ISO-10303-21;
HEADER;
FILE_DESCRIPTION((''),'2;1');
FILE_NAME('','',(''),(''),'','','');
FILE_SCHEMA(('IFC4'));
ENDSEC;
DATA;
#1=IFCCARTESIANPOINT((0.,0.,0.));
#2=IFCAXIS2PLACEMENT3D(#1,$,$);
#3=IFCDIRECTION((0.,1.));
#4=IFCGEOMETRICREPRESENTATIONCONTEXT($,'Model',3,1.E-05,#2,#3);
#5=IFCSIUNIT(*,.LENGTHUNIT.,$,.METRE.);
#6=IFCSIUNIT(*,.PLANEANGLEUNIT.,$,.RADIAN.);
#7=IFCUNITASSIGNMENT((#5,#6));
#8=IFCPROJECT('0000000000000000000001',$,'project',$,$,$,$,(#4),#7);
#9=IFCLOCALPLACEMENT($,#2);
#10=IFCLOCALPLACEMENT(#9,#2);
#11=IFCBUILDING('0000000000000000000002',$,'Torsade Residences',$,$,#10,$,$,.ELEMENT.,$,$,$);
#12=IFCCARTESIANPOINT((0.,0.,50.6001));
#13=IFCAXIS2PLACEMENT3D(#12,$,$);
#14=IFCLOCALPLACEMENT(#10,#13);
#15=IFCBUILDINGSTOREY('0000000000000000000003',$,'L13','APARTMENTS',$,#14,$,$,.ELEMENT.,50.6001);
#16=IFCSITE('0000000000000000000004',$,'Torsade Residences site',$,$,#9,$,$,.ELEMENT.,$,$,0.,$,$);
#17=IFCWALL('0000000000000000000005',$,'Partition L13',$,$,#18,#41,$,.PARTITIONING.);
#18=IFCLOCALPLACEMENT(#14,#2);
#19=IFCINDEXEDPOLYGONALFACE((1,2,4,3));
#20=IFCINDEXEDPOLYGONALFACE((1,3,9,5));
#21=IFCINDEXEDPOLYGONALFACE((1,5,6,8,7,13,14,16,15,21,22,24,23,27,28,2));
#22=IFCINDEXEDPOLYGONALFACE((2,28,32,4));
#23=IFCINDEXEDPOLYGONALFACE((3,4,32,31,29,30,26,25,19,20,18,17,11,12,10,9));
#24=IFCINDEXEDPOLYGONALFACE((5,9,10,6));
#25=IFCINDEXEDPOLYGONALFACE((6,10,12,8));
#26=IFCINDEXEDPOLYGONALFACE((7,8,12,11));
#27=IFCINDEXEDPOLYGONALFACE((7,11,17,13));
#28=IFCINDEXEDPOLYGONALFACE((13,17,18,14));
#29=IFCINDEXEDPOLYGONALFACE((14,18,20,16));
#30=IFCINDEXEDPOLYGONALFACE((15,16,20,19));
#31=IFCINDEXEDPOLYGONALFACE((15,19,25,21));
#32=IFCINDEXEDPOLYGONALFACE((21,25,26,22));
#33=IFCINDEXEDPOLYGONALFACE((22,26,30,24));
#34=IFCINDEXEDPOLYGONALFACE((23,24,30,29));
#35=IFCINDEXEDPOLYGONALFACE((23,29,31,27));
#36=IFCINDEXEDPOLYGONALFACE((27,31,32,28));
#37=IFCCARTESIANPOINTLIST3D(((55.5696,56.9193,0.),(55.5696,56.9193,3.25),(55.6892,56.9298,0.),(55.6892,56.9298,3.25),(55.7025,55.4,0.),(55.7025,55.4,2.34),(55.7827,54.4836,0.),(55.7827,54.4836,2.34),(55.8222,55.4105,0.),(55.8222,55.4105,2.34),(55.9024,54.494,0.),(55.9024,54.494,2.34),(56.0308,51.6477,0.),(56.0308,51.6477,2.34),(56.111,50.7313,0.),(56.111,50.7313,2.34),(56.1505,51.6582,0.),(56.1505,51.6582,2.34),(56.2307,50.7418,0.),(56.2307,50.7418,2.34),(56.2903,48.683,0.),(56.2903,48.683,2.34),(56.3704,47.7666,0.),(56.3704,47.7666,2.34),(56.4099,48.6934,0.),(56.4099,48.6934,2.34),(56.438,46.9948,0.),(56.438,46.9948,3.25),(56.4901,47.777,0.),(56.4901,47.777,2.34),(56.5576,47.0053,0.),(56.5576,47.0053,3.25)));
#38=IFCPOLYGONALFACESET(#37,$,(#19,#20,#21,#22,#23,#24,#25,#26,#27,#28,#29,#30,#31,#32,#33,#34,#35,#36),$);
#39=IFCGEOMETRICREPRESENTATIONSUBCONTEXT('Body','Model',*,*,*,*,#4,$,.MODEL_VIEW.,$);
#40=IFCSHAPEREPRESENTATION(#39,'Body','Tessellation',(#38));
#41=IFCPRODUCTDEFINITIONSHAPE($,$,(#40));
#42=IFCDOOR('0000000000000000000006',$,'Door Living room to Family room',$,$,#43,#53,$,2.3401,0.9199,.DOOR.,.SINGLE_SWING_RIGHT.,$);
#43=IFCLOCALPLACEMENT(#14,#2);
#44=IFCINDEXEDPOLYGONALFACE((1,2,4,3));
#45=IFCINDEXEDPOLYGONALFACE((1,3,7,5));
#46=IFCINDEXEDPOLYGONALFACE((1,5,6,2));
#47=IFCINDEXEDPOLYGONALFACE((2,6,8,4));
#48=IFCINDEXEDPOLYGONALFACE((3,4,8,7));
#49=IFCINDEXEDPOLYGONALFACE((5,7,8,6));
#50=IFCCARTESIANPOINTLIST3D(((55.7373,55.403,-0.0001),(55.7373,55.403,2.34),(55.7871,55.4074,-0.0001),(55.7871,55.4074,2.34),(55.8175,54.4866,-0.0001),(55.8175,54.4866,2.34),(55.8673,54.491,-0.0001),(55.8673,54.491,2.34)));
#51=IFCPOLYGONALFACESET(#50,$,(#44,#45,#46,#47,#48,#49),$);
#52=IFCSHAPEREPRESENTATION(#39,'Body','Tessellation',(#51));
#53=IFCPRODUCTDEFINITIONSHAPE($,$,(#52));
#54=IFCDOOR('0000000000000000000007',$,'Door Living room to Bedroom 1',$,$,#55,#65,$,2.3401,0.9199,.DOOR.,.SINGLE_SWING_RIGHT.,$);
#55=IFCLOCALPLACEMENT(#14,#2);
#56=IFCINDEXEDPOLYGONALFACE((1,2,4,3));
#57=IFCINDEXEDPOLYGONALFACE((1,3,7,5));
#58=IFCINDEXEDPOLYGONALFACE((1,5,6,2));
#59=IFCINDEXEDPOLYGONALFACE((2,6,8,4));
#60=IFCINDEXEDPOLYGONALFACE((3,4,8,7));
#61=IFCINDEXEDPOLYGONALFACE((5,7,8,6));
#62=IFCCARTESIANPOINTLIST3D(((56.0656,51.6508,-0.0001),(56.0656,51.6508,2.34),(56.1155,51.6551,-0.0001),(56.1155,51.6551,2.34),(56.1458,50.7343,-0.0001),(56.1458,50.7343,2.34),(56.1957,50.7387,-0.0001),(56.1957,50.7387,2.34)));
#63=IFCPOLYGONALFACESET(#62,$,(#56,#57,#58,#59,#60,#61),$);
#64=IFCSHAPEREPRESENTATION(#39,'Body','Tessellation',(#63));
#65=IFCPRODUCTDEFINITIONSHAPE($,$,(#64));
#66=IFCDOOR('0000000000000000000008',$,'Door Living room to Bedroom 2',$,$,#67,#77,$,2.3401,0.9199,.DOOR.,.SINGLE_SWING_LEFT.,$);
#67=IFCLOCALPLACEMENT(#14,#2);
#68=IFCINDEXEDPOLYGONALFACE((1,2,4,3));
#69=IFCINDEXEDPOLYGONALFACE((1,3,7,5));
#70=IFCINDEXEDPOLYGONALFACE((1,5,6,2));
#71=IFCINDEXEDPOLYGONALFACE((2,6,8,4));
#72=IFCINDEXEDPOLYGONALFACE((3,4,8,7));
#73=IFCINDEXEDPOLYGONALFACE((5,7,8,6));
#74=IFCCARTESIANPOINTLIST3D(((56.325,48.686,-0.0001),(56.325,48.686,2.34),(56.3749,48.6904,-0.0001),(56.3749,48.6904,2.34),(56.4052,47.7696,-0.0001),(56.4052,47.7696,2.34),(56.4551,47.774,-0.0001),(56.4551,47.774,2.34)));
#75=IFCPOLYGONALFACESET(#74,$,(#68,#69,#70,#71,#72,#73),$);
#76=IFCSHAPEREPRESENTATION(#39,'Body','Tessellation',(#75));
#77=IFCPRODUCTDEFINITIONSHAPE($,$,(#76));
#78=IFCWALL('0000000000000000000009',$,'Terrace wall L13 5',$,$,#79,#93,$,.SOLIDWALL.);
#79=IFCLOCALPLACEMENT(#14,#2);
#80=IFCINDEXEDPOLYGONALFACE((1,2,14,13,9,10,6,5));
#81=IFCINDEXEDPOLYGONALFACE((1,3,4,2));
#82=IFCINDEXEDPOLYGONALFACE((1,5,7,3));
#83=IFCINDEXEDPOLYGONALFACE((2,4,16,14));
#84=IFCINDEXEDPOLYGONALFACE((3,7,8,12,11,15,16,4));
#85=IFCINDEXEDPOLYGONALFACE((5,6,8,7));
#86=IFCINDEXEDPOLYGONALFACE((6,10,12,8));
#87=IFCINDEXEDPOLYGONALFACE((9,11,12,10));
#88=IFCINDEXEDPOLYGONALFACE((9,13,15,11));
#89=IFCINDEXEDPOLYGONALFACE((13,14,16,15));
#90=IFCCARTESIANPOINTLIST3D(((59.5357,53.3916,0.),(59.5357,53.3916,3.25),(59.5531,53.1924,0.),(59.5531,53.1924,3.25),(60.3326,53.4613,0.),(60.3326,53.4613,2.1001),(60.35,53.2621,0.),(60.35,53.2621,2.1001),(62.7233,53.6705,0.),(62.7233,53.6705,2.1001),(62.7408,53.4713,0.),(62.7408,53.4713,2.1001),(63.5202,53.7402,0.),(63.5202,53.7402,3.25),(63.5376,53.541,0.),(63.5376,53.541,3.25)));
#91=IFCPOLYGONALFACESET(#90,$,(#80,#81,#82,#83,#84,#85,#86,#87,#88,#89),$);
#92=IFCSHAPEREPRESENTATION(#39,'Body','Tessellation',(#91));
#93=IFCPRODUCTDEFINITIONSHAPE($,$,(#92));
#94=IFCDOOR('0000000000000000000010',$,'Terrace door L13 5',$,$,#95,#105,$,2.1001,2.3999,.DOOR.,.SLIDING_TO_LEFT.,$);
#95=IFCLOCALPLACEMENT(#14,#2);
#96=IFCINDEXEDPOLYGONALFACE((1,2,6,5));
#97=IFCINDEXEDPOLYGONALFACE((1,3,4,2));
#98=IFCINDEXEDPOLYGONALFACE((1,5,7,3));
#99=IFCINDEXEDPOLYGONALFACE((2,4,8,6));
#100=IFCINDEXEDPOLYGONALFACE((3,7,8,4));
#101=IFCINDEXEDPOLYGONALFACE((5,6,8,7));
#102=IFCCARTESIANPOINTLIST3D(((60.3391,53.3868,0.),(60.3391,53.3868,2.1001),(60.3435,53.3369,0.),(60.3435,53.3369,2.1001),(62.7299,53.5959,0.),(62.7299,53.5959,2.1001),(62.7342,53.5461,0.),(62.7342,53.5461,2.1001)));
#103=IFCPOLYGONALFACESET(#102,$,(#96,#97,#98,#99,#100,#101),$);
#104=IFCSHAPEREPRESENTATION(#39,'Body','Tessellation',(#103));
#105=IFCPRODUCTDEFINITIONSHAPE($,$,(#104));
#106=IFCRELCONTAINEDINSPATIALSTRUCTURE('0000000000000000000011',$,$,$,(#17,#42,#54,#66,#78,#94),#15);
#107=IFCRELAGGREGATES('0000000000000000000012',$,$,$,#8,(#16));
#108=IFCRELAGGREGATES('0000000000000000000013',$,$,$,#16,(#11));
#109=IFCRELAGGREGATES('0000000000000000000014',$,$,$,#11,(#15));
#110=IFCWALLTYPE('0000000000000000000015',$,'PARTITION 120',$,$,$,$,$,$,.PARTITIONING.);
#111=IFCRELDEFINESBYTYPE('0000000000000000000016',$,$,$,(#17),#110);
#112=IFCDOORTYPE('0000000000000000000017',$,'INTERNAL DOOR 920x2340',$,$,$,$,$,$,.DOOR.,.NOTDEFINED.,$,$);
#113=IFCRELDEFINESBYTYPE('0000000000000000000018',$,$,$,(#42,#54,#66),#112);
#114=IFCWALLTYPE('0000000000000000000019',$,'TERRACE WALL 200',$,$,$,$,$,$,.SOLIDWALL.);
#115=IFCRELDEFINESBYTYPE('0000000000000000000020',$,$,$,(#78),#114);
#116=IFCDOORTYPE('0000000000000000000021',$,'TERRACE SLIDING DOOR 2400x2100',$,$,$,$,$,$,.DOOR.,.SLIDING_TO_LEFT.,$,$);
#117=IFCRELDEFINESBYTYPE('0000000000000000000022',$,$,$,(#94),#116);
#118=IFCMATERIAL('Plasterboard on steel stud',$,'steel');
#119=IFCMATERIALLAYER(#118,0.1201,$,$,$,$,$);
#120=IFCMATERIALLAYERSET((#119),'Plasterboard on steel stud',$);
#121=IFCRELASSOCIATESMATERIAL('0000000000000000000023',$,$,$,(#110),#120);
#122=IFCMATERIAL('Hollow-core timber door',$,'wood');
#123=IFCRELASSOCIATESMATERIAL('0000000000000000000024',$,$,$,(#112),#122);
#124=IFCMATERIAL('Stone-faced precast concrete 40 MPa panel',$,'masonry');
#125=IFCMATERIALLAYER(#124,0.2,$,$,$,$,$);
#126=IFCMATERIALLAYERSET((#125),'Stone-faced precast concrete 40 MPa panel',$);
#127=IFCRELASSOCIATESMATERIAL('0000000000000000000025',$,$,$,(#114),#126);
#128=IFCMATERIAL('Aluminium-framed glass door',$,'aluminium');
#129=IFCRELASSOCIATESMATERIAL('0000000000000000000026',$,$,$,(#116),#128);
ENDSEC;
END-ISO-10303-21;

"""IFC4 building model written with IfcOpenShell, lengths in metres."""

from ifc_helpers import new_model, si_unit, direction, frame, frame_2d, origin, place, context, subcontext, project, spatial, rectangle, extrude, material, layer, layer_set, type_object, element, fill, save


model = new_model("IFC4")

# Units and contexts
model_context = context("Model", 3, precision=1e-05, world=origin(), true_north=direction((0.0, 1.0)))
body_context = subcontext(model_context, "Body", "Model", "MODEL_VIEW")
ifc_project = project(units=[si_unit("LENGTHUNIT", "METRE"), si_unit("PLANEANGLEUNIT", "RADIAN")], contexts=[model_context])

# Site, building, storey
site_placement = place(None, origin())
site = spatial("IfcSite", under=ifc_project, at=site_placement, Name="Torsade Residences site", CompositionType="ELEMENT", RefElevation=0.0)
building_placement = place(site_placement, origin())
building = spatial("IfcBuilding", under=site, at=building_placement, Name="Torsade Residences", CompositionType="ELEMENT")
storey_placement = place(building_placement, frame((0.0, 0.0, 50.6001)))
storey = spatial("IfcBuildingStorey", under=building, at=storey_placement, Name="L13", Description="APARTMENTS", CompositionType="ELEMENT", Elevation=50.6001)

# Wall, openings, doors
ifc_material_1 = material(Name="Plasterboard on steel stud", Category="steel")
ifc_layer_1 = layer(ifc_material_1, 0.1201)
ifc_layer_set_1 = layer_set([ifc_layer_1], Name="Plasterboard on steel stud")
wall_type_1 = type_object("IfcWallType", Name="PARTITION 120", PredefinedType="PARTITIONING", material=ifc_layer_set_1)
wall_1_placement = place(storey_placement, frame((55.6294, 56.9246, 0.0), z_axis=(0.0, 0.0, 1.0), x_axis=(0.087168, -0.996194, 0.0)))
wall_1 = element("IfcWall", 1, at=wall_1_placement, inside=storey, type_object=wall_type_1, Name="Partition L13", PredefinedType="PARTITIONING", context=body_context, shape_type="SweptSolid", body=[
    extrude(rectangle(XDim=9.9624, YDim=0.1201, at=frame_2d((4.9812, 0.0))), origin(), (0.0, 0.0, 1.0), 3.25),
])
opening_1_placement = place(wall_1_placement, frame((1.5251, 0.0, 0.0)))
opening_1 = element("IfcOpeningElement", 2, at=opening_1_placement, cuts=wall_1, PredefinedType="OPENING", context=body_context, shape_type="SweptSolid", body=[
    extrude(rectangle(XDim=0.9199, YDim=2.3401, at=frame_2d((0.46, 1.1699))), frame((0.0, 0.0701, 0.0), z_axis=(0.0, -1.0, 0.0), x_axis=(1.0, 0.0, 0.0)), (0.0, 0.0, 1.0), 0.1401),
])
opening_2_placement = place(wall_1_placement, frame((5.2917, 0.0, 0.0)))
opening_2 = element("IfcOpeningElement", 3, at=opening_2_placement, cuts=wall_1, PredefinedType="OPENING", context=body_context, shape_type="SweptSolid", body=[
    extrude(rectangle(XDim=0.9199, YDim=2.3401, at=frame_2d((0.46, 1.1699))), frame((0.0, 0.0701, 0.0), z_axis=(0.0, -1.0, 0.0), x_axis=(1.0, 0.0, 0.0)), (0.0, 0.0, 1.0), 0.1401),
])
opening_3_placement = place(wall_1_placement, frame((8.2678, 0.0, 0.0)))
opening_3 = element("IfcOpeningElement", 4, at=opening_3_placement, cuts=wall_1, PredefinedType="OPENING", context=body_context, shape_type="SweptSolid", body=[
    extrude(rectangle(XDim=0.9199, YDim=2.3401, at=frame_2d((0.46, 1.1699))), frame((0.0, 0.0701, 0.0), z_axis=(0.0, -1.0, 0.0), x_axis=(1.0, 0.0, 0.0)), (0.0, 0.0, 1.0), 0.1401),
])
ifc_material_2 = material(Name="Hollow-core timber door", Category="wood")
door_type_1 = type_object("IfcDoorType", Name="INTERNAL DOOR 920x2340", OperationType="NOTDEFINED", PredefinedType="DOOR", material=ifc_material_2)
door_1_placement = place(opening_1_placement, origin())
door_1 = element("IfcDoor", 5, at=door_1_placement, inside=storey, type_object=door_type_1, Name="Door Living room to Family room", OperationType="SINGLE_SWING_RIGHT", OverallHeight=2.3401, OverallWidth=0.9199, PredefinedType="DOOR", context=body_context, shape_type="SweptSolid", body=[
    extrude(rectangle(XDim=0.9199, YDim=2.3401, at=frame_2d((0.46, 1.1699))), frame((0.0, 0.0249, 0.0), z_axis=(0.0, -1.0, 0.0), x_axis=(1.0, 0.0, 0.0)), (0.0, 0.0, 1.0), 0.05),
])
fill(opening_1, door_1)
door_2_placement = place(opening_2_placement, origin())
door_2 = element("IfcDoor", 6, at=door_2_placement, inside=storey, type_object=door_type_1, Name="Door Living room to Bedroom 1", OperationType="SINGLE_SWING_RIGHT", OverallHeight=2.3401, OverallWidth=0.9199, PredefinedType="DOOR", context=body_context, shape_type="SweptSolid", body=[
    extrude(rectangle(XDim=0.9199, YDim=2.3401, at=frame_2d((0.46, 1.1699))), frame((0.0, 0.0249, 0.0), z_axis=(0.0, -1.0, 0.0), x_axis=(1.0, 0.0, 0.0)), (0.0, 0.0, 1.0), 0.05),
])
fill(opening_2, door_2)
door_3_placement = place(opening_3_placement, origin())
door_3 = element("IfcDoor", 7, at=door_3_placement, inside=storey, type_object=door_type_1, Name="Door Living room to Bedroom 2", OperationType="SINGLE_SWING_LEFT", OverallHeight=2.3401, OverallWidth=0.9199, PredefinedType="DOOR", context=body_context, shape_type="SweptSolid", body=[
    extrude(rectangle(XDim=0.9199, YDim=2.3401, at=frame_2d((0.46, 1.1699))), frame((0.0, 0.0249, 0.0), z_axis=(0.0, -1.0, 0.0), x_axis=(1.0, 0.0, 0.0)), (0.0, 0.0, 1.0), 0.05),
])
fill(opening_3, door_3)

# Wall, opening, door
ifc_material_3 = material(Name="Stone-faced precast concrete 40 MPa panel", Category="masonry")
ifc_layer_2 = layer(ifc_material_3, 0.2)
ifc_layer_set_2 = layer_set([ifc_layer_2], Name="Stone-faced precast concrete 40 MPa panel")
wall_type_2 = type_object("IfcWallType", Name="TERRACE WALL 200", PredefinedType="SOLIDWALL", material=ifc_layer_set_2)
wall_2_placement = place(storey_placement, frame((63.5291, 53.6406, 0.0), z_axis=(0.0, 0.0, 1.0), x_axis=(-0.996194, -0.087162, 0.0)))
wall_2 = element("IfcWall", 8, at=wall_2_placement, inside=storey, type_object=wall_type_2, Name="Terrace wall L13 5", PredefinedType="SOLIDWALL", context=body_context, shape_type="SweptSolid", body=[
    extrude(rectangle(XDim=3.9998, YDim=0.2, at=frame_2d((2.0, 0.0))), origin(), (0.0, 0.0, 1.0), 3.25),
])
opening_4_placement = place(wall_2_placement, frame((0.8, 0.0, 0.0)))
opening_4 = element("IfcOpeningElement", 9, at=opening_4_placement, cuts=wall_2, PredefinedType="OPENING", context=body_context, shape_type="SweptSolid", body=[
    extrude(rectangle(XDim=2.3999, YDim=2.1001, at=frame_2d((1.2, 1.05))), frame((0.0, 0.1099, 0.0), z_axis=(0.0, -1.0, 0.0), x_axis=(1.0, 0.0, 0.0)), (0.0, 0.0, 1.0), 0.22),
])
ifc_material_4 = material(Name="Aluminium-framed glass door", Category="aluminium")
door_type_2 = type_object("IfcDoorType", Name="TERRACE SLIDING DOOR 2400x2100", OperationType="SLIDING_TO_LEFT", PredefinedType="DOOR", material=ifc_material_4)
door_4_placement = place(opening_4_placement, origin())
door_4 = element("IfcDoor", 10, at=door_4_placement, inside=storey, type_object=door_type_2, Name="Terrace door L13 5", OperationType="SLIDING_TO_LEFT", OverallHeight=2.1001, OverallWidth=2.3999, PredefinedType="DOOR", context=body_context, shape_type="SweptSolid", body=[
    extrude(rectangle(XDim=2.3999, YDim=2.1001, at=frame_2d((1.2, 1.05))), frame((0.0, 0.0249, 0.0), z_axis=(0.0, -1.0, 0.0), x_axis=(1.0, 0.0, 0.0)), (0.0, 0.0, 1.0), 0.05),
])
fill(opening_4, door_4)

save(model, "model.ifc")
